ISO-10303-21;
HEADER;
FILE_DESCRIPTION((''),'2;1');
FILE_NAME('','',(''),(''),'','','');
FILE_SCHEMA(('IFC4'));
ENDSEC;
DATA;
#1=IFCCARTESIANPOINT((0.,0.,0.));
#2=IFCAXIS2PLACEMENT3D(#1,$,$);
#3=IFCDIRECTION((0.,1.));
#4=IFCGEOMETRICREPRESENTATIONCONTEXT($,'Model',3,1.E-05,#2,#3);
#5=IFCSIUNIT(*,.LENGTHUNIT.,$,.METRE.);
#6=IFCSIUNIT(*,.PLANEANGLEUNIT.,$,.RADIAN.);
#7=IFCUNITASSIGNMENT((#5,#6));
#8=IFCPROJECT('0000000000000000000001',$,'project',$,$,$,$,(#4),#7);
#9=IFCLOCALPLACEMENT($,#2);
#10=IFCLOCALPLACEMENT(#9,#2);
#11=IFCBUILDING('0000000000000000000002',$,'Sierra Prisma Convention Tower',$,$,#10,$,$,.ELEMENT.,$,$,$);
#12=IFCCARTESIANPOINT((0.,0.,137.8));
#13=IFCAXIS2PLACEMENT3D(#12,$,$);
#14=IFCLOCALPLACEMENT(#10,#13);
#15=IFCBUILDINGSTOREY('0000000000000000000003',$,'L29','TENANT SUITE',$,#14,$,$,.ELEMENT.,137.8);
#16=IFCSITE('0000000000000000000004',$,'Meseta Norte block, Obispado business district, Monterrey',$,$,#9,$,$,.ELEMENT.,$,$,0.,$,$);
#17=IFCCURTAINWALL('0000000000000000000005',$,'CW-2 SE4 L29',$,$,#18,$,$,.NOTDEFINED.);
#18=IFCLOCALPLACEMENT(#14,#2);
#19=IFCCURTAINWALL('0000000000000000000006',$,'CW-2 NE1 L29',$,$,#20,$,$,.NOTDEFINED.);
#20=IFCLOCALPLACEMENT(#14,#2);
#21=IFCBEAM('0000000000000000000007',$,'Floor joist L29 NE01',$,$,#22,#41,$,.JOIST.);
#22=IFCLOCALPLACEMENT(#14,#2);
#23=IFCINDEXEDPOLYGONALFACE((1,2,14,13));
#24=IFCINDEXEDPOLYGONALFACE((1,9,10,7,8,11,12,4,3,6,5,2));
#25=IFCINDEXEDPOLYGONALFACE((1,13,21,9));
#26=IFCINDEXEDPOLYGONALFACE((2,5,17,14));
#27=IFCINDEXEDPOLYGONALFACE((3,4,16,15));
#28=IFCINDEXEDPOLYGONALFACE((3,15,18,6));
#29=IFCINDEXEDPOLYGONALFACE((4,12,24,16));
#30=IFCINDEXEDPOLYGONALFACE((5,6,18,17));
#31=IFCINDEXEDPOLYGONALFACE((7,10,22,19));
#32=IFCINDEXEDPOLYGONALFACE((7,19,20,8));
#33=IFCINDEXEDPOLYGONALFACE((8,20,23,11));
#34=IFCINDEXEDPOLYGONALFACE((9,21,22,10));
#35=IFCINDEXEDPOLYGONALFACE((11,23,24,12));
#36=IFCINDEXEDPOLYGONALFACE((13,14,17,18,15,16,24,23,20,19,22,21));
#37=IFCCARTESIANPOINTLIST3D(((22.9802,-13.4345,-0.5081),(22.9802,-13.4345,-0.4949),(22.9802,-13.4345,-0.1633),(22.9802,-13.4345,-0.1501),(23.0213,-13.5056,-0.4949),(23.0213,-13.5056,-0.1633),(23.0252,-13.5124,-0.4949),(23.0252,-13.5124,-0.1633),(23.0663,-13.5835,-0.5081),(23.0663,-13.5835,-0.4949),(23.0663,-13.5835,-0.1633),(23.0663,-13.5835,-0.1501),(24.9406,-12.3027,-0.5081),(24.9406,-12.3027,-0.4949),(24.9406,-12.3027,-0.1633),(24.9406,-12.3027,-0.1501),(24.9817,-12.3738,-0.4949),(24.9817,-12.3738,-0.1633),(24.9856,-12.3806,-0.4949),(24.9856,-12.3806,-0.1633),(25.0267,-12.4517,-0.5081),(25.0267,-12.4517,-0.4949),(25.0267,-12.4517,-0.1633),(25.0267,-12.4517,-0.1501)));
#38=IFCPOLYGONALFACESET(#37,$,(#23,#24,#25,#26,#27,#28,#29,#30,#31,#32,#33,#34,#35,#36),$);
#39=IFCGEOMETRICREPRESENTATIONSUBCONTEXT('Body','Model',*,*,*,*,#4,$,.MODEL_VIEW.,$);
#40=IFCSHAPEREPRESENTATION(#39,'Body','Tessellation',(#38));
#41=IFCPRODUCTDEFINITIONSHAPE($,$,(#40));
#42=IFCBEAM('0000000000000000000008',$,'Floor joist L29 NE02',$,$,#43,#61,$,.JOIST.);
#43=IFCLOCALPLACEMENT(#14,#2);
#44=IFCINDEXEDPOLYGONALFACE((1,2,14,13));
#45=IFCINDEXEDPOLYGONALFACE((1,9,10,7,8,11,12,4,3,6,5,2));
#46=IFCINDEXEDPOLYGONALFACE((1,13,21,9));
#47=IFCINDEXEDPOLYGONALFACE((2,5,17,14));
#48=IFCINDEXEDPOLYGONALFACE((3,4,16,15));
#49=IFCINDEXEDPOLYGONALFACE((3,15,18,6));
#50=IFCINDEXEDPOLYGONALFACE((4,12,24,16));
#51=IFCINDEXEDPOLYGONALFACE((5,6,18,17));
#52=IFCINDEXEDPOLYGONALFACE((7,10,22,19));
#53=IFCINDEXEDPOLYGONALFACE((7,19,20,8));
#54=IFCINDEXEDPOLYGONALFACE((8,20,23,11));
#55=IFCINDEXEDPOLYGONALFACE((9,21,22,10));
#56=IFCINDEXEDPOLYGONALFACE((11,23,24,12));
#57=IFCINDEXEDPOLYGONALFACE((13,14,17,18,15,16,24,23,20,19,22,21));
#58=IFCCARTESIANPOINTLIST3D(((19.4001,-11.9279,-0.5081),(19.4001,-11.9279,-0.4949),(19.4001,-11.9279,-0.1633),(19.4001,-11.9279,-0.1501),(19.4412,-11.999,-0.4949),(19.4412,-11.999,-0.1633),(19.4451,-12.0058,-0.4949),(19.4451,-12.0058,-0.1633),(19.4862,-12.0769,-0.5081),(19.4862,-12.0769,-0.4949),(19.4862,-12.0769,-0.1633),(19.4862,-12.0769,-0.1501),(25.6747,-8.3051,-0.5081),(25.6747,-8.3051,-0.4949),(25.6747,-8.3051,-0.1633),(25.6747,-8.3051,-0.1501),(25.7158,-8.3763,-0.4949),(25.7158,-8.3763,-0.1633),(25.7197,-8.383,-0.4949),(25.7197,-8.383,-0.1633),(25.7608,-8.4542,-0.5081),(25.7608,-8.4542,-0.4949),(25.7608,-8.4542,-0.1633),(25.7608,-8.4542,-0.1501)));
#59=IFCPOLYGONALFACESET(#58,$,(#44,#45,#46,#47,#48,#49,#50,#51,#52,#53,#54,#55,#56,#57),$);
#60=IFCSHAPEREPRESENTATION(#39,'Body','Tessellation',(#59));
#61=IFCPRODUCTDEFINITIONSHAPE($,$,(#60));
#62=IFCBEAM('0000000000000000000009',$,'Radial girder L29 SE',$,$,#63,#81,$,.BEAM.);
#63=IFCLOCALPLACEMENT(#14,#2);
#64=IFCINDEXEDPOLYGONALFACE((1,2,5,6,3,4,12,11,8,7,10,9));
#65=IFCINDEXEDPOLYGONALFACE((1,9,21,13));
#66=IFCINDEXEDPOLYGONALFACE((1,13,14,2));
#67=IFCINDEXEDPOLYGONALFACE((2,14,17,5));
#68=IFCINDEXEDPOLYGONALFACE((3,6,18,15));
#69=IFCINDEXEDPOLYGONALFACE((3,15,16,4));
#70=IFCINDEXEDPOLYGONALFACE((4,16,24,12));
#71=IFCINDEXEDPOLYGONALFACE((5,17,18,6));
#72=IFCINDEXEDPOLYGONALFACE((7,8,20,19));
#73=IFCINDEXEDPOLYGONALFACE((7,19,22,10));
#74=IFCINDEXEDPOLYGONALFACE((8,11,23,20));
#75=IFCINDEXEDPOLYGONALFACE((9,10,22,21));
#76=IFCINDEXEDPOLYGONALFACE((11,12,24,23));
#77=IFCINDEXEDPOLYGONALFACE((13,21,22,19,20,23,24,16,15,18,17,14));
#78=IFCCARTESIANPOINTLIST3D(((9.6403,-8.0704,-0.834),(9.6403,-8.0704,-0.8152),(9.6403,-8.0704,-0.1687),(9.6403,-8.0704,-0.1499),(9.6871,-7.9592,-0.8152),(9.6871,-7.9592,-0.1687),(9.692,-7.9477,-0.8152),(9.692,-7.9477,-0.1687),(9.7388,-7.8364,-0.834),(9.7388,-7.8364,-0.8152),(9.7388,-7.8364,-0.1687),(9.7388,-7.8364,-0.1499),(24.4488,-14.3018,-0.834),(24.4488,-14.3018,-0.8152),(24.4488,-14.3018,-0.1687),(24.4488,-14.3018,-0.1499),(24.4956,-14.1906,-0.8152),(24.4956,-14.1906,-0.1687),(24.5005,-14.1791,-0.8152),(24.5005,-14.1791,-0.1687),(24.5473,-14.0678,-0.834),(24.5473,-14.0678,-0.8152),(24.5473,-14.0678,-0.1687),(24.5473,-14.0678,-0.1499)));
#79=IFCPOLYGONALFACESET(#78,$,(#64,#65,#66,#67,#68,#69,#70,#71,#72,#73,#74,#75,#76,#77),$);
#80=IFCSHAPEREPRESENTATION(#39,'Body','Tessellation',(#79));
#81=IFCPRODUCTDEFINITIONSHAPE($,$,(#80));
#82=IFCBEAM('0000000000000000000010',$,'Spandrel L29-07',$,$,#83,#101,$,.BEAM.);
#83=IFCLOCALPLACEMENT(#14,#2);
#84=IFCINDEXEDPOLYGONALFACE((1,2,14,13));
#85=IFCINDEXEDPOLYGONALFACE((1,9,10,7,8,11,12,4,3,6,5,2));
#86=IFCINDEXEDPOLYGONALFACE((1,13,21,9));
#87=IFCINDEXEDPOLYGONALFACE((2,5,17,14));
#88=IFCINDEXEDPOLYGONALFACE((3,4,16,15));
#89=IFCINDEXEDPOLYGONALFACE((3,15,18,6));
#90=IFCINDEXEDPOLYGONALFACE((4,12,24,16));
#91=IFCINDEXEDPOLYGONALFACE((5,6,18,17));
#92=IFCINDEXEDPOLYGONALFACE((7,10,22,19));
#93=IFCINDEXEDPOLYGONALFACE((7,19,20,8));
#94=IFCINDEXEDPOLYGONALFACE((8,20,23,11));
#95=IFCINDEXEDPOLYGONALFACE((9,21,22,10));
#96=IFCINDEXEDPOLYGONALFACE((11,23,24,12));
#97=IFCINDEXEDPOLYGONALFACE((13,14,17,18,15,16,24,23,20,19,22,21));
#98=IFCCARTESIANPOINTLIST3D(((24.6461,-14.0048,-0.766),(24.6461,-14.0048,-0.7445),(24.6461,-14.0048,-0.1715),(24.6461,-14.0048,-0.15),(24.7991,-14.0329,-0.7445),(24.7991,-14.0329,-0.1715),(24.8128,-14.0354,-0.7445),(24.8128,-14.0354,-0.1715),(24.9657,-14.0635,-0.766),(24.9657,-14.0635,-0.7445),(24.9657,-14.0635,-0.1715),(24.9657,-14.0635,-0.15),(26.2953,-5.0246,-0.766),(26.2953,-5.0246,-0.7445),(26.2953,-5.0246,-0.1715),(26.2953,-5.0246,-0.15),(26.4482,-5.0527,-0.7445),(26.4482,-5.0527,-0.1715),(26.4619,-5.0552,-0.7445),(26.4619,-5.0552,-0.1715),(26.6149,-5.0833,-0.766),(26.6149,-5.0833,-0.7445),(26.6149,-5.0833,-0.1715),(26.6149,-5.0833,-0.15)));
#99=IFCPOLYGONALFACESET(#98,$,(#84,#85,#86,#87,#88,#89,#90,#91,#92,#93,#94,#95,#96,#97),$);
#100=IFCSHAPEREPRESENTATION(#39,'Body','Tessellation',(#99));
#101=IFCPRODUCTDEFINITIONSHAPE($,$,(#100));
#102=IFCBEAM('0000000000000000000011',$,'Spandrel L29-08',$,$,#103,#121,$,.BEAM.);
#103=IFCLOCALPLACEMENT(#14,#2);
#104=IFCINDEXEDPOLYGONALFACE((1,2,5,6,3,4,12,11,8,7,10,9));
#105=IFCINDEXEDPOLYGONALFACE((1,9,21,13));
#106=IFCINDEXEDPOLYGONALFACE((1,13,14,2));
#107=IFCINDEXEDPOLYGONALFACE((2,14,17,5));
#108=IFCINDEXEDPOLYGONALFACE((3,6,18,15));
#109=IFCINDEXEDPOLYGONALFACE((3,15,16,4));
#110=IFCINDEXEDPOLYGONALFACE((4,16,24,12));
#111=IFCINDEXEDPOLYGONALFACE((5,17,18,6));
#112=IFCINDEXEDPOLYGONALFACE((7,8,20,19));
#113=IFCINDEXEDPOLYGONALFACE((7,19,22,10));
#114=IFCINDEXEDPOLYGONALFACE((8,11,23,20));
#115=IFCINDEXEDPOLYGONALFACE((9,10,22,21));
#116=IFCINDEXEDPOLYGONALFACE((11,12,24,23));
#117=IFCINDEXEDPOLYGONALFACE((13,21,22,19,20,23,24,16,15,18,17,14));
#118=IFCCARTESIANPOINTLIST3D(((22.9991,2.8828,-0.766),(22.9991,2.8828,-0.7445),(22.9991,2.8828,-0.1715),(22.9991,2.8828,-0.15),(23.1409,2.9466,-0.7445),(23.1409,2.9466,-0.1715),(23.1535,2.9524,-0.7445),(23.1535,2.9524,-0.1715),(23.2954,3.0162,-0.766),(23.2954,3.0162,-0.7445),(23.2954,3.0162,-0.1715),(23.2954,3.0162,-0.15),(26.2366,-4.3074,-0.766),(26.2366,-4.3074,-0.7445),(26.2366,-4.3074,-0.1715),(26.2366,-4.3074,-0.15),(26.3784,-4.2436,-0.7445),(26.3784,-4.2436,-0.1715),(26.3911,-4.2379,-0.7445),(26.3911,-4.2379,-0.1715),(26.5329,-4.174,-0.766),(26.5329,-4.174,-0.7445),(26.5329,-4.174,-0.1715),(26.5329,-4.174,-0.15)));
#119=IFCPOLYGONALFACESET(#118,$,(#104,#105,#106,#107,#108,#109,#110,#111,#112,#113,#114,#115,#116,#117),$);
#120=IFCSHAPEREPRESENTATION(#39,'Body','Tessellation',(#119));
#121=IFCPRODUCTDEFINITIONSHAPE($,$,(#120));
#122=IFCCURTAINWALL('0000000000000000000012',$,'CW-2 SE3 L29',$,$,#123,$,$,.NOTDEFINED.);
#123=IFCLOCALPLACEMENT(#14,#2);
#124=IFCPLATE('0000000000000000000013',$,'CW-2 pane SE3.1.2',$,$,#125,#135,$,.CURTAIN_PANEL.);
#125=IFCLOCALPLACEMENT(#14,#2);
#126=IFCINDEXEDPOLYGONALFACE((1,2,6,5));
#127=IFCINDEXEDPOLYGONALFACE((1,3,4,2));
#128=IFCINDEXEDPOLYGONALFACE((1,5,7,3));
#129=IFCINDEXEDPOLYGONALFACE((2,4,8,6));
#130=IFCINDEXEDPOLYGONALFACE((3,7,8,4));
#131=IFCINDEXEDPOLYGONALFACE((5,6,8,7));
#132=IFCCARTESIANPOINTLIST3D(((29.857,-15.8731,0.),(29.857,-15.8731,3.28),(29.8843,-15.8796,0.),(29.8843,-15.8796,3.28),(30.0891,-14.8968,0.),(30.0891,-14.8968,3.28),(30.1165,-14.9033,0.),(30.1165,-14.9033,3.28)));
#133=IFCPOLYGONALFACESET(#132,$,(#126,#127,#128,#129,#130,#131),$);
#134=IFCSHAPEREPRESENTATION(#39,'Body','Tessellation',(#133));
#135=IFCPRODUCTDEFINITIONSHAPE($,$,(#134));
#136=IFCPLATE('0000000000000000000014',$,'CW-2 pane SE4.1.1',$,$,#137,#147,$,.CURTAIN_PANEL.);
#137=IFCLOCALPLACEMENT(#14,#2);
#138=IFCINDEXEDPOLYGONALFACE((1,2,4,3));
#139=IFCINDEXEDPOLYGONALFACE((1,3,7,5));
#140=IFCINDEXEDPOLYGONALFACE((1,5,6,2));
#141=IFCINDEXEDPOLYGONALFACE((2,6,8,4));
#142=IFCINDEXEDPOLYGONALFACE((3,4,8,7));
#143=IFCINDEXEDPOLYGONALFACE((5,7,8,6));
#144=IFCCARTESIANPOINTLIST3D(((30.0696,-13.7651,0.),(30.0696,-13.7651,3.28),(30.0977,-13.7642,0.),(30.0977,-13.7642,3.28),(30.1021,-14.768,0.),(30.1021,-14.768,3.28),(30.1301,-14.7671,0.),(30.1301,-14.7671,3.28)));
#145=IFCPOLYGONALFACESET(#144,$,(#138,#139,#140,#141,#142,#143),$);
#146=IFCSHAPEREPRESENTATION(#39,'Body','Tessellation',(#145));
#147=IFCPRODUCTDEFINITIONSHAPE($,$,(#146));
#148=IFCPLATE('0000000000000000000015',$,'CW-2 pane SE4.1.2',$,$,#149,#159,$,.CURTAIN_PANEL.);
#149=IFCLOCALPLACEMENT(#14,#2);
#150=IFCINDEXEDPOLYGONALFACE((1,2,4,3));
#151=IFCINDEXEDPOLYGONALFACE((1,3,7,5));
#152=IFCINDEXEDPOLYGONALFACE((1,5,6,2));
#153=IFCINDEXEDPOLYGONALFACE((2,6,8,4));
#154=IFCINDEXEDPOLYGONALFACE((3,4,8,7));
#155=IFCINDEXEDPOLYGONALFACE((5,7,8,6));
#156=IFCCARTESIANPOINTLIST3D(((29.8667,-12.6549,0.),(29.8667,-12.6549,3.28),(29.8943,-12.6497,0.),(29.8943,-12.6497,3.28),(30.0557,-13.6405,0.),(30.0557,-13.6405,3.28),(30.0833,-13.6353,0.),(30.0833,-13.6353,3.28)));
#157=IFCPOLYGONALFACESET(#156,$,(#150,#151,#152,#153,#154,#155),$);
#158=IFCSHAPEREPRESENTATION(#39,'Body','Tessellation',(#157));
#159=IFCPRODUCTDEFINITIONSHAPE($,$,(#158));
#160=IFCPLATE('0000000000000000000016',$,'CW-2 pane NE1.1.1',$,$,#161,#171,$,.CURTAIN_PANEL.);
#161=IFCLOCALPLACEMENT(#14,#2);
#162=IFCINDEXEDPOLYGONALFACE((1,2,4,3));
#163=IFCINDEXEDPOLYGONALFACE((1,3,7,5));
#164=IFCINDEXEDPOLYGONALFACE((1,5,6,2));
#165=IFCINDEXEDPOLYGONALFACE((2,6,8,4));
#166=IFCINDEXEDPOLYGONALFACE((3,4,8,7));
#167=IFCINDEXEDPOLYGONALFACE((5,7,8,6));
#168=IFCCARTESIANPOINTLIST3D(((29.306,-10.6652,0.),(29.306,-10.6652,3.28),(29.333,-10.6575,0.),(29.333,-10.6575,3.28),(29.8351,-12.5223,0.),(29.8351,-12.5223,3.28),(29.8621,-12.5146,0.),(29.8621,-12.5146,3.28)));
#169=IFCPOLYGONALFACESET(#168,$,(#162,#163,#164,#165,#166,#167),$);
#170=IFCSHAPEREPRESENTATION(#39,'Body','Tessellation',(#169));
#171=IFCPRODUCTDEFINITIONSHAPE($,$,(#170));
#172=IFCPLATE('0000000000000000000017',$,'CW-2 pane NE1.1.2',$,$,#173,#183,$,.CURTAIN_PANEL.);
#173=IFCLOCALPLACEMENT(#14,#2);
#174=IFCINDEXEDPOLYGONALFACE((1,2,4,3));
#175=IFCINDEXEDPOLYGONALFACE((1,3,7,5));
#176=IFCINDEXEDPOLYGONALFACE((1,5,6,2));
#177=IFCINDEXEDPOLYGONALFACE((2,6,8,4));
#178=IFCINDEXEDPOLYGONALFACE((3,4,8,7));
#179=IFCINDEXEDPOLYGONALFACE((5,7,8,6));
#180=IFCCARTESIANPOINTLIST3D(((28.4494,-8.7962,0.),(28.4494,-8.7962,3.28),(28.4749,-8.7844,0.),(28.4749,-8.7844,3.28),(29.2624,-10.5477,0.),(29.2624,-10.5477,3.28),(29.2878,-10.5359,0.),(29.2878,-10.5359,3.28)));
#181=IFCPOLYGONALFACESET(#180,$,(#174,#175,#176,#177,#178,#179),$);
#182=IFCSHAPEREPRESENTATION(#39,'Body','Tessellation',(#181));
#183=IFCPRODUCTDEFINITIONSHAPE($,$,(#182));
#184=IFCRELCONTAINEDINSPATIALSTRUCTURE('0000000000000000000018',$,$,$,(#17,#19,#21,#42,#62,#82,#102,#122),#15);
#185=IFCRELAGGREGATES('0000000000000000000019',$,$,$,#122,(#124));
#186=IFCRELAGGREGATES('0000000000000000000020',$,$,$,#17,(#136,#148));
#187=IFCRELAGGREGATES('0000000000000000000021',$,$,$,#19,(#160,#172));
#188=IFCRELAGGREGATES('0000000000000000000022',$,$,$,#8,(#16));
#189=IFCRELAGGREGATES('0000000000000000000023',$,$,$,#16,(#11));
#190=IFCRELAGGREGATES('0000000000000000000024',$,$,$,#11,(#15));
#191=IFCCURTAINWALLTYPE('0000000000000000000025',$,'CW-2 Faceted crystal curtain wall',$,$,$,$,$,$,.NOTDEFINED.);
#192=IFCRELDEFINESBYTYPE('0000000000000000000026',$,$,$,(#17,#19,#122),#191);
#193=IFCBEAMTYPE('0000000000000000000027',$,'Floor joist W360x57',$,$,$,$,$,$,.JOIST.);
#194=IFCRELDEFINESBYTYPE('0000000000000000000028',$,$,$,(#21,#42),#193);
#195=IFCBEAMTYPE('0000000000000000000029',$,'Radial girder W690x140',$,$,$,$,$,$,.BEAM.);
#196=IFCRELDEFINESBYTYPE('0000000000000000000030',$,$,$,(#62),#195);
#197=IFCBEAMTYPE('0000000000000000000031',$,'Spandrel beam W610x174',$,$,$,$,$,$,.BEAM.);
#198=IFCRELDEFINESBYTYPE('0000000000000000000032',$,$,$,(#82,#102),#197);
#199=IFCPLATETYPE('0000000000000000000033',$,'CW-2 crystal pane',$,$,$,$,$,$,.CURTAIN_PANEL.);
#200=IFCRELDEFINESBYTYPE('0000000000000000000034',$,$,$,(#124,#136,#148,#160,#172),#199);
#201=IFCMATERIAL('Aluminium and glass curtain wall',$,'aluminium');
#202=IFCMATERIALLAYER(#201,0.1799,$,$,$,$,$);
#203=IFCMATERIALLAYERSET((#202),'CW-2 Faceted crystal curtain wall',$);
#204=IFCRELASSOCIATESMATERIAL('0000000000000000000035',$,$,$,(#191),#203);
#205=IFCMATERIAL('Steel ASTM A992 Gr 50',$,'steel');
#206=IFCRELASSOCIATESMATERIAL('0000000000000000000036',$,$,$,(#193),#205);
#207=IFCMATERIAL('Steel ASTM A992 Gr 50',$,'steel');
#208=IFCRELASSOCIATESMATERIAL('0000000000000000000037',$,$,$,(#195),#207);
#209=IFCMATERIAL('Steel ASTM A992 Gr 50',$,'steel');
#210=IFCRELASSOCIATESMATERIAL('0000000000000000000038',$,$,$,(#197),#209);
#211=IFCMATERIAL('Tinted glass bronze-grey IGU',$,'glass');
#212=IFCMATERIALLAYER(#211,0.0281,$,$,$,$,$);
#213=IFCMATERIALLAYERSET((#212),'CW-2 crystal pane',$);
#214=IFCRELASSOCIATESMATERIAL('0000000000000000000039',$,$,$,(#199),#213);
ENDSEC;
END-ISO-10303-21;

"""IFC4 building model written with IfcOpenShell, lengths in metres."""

from ifc_helpers import new_model, si_unit, direction, frame, origin, origin_2d, place, context, subcontext, project, spatial, polyline, i_section, outline, extrude, material, layer, layer_set, material_profile, profile_set, type_object, element, aggregate, save


model = new_model("IFC4")

# Units and contexts
model_context = context("Model", 3, precision=1e-05, world=origin(), true_north=direction((0.0, 1.0)))
body_context = subcontext(model_context, "Body", "Model", "MODEL_VIEW")
ifc_project = project(units=[si_unit("LENGTHUNIT", "METRE"), si_unit("PLANEANGLEUNIT", "RADIAN")], contexts=[model_context])

# Site, building, storey
site_placement = place(None, origin())
site = spatial("IfcSite", under=ifc_project, at=site_placement, Name="Meseta Norte block, Obispado business district, Monterrey", CompositionType="ELEMENT", RefElevation=0.0)
building_placement = place(site_placement, origin())
building = spatial("IfcBuilding", under=site, at=building_placement, Name="Sierra Prisma Convention Tower", CompositionType="ELEMENT")
storey_placement = place(building_placement, frame((0.0, 0.0, 137.8)))
storey = spatial("IfcBuildingStorey", under=building, at=storey_placement, Name="L29", Description="TENANT SUITE", CompositionType="ELEMENT", Elevation=137.8)

# Curtain wall
ifc_material_1 = material(Name="Aluminium and glass curtain wall", Category="aluminium")
ifc_layer_1 = layer(ifc_material_1, 0.1799)
ifc_layer_set_1 = layer_set([ifc_layer_1], Name="CW-2 Faceted crystal curtain wall")
curtain_wall_type = type_object("IfcCurtainWallType", Name="CW-2 Faceted crystal curtain wall", PredefinedType="NOTDEFINED", material=ifc_layer_set_1)
curtain_wall_1_placement = place(storey_placement, origin())
curtain_wall_1 = element("IfcCurtainWall", 1, at=curtain_wall_1_placement, inside=storey, type_object=curtain_wall_type, Name="CW-2 SE4 L29", PredefinedType="NOTDEFINED")

# Curtain wall
curtain_wall_2_placement = place(storey_placement, origin())
curtain_wall_2 = element("IfcCurtainWall", 2, at=curtain_wall_2_placement, inside=storey, type_object=curtain_wall_type, Name="CW-2 NE1 L29", PredefinedType="NOTDEFINED")

# Beams
ifc_material_2 = material(Name="Steel ASTM A992 Gr 50", Category="steel")
ifc_material_profile_1 = material_profile(ifc_material_2, i_section(OverallWidth=0.1721, OverallDepth=0.3579, WebThickness=0.0078, FlangeThickness=0.0132, at=origin_2d()), Name="W360x57")
ifc_profile_set_1 = profile_set([ifc_material_profile_1], Name="Steel ASTM A992 Gr 50")
beam_type_1 = type_object("IfcBeamType", Name="Floor joist W360x57", PredefinedType="JOIST", material=ifc_profile_set_1)
beam_1_placement = place(storey_placement, frame((24.9836, -12.3772, -0.3291), z_axis=(-0.866031, -0.49999, 0.0), x_axis=(0.49999, -0.866031, 0.0)))
element("IfcBeam", 3, at=beam_1_placement, inside=storey, type_object=beam_type_1, Name="Floor joist L29 NE01", PredefinedType="JOIST", context=body_context, shape_type="SweptSolid", body=[
    extrude(i_section(OverallWidth=0.1721, OverallDepth=0.3579, WebThickness=0.0078, FlangeThickness=0.0132, at=origin_2d()), origin(), (0.0, 0.0, 1.0), 2.2637),
])
beam_2_placement = place(storey_placement, frame((25.7178, -8.3796, -0.3291), z_axis=(-0.866018, -0.500013, 0.0), x_axis=(0.500013, -0.866018, 0.0)))
element("IfcBeam", 4, at=beam_2_placement, inside=storey, type_object=beam_type_1, Name="Floor joist L29 NE02", PredefinedType="JOIST", context=body_context, shape_type="SweptSolid", body=[
    extrude(i_section(OverallWidth=0.1721, OverallDepth=0.3579, WebThickness=0.0078, FlangeThickness=0.0132, at=origin_2d()), origin(), (0.0, 0.0, 1.0), 7.2454),
])
ifc_material_3 = material(Name="Steel ASTM A992 Gr 50", Category="steel")
ifc_material_profile_2 = material_profile(ifc_material_3, i_section(OverallWidth=0.2539, OverallDepth=0.6841, WebThickness=0.0125, FlangeThickness=0.0188, at=origin_2d()), Name="W690x140")
ifc_profile_set_2 = profile_set([ifc_material_profile_2], Name="Steel ASTM A992 Gr 50")
beam_type_2 = type_object("IfcBeamType", Name="Radial girder W690x140", PredefinedType="BEAM", material=ifc_profile_set_2)
beam_3_placement = place(storey_placement, frame((24.498, -14.1848, -0.4919), z_axis=(-0.921719, 0.387859, 0.0), x_axis=(-0.387859, -0.921719, 0.0)))
element("IfcBeam", 5, at=beam_3_placement, inside=storey, type_object=beam_type_2, Name="Radial girder L29 SE", PredefinedType="BEAM", context=body_context, shape_type="SweptSolid", body=[
    extrude(i_section(OverallWidth=0.2539, OverallDepth=0.6841, WebThickness=0.0125, FlangeThickness=0.0188, at=origin_2d()), origin(), (0.0, 0.0, 1.0), 16.0662),
])
ifc_material_4 = material(Name="Steel ASTM A992 Gr 50", Category="steel")
ifc_material_profile_3 = material_profile(ifc_material_4, i_section(OverallWidth=0.325, OverallDepth=0.616, WebThickness=0.0139, FlangeThickness=0.0215, at=origin_2d()), Name="W610x174")
ifc_profile_set_3 = profile_set([ifc_material_profile_3], Name="Steel ASTM A992 Gr 50")
beam_type_3 = type_object("IfcBeamType", Name="Spandrel beam W610x174", PredefinedType="BEAM", material=ifc_profile_set_3)
beam_4_placement = place(storey_placement, frame((24.8059, -14.0342, -0.458), z_axis=(0.180624, 0.983552, 0.0), x_axis=(-0.983552, 0.180624, 0.0)))
element("IfcBeam", 6, at=beam_4_placement, inside=storey, type_object=beam_type_3, Name="Spandrel L29-07", PredefinedType="BEAM", context=body_context, shape_type="SweptSolid", body=[
    extrude(i_section(OverallWidth=0.325, OverallDepth=0.616, WebThickness=0.0139, FlangeThickness=0.0215, at=origin_2d()), origin(), (0.0, 0.0, 1.0), 9.1304),
])
beam_5_placement = place(storey_placement, frame((26.3848, -4.2407, -0.458), z_axis=(-0.410572, 0.911828, 0.0), x_axis=(-0.911828, -0.410572, 0.0)))
element("IfcBeam", 7, at=beam_5_placement, inside=storey, type_object=beam_type_3, Name="Spandrel L29-08", PredefinedType="BEAM", context=body_context, shape_type="SweptSolid", body=[
    extrude(i_section(OverallWidth=0.325, OverallDepth=0.616, WebThickness=0.0139, FlangeThickness=0.0215, at=origin_2d()), origin(), (0.0, 0.0, 1.0), 7.8855),
])

# Curtain wall, plate
curtain_wall_3_placement = place(storey_placement, origin())
curtain_wall_3 = element("IfcCurtainWall", 8, at=curtain_wall_3_placement, inside=storey, type_object=curtain_wall_type, Name="CW-2 SE3 L29", PredefinedType="NOTDEFINED")
ifc_material_5 = material(Name="Tinted glass bronze-grey IGU", Category="glass")
ifc_layer_2 = layer(ifc_material_5, 0.0281)
ifc_layer_set_2 = layer_set([ifc_layer_2], Name="CW-2 crystal pane")
plate_type = type_object("IfcPlateType", Name="CW-2 crystal pane", PredefinedType="CURTAIN_PANEL", material=ifc_layer_set_2)
plate_1_placement = place(storey_placement, frame((30.1165, -14.9033, 0.0), z_axis=(0.972869, -0.231357, 0.0), x_axis=(-0.231357, -0.972869, 0.0)))
plate_1 = element("IfcPlate", 9, at=plate_1_placement, type_object=plate_type, Name="CW-2 pane SE3.1.2", PredefinedType="CURTAIN_PANEL", context=body_context, shape_type="SweptSolid", body=[
    extrude(outline(polyline([(0.0, 0.0), (1.0035, 0.0), (1.0035, -3.28), (0.0, -3.28), (0.0, 0.0)])), origin(), (0.0, 0.0, -1.0), 0.0281),
])
aggregate(curtain_wall_3, [plate_1])

# Plates
plate_2_placement = place(storey_placement, frame((30.1301, -14.7671, 0.0), z_axis=(0.999476, 0.032359, 0.0), x_axis=(-0.032359, 0.999476, 0.0)))
plate_2 = element("IfcPlate", 10, at=plate_2_placement, type_object=plate_type, Name="CW-2 pane SE4.1.1", PredefinedType="CURTAIN_PANEL", context=body_context, shape_type="SweptSolid", body=[
    extrude(outline(polyline([(0.0, 0.0), (1.0035, 0.0), (1.0035, 3.28), (0.0, 3.28), (0.0, 0.0)])), origin(), (0.0, 0.0, -1.0), 0.0281),
])
plate_3_placement = place(storey_placement, frame((29.8943, -12.6497, 0.0), z_axis=(0.982112, 0.188297, 0.0), x_axis=(0.188297, -0.982112, 0.0)))
plate_3 = element("IfcPlate", 11, at=plate_3_placement, type_object=plate_type, Name="CW-2 pane SE4.1.2", PredefinedType="CURTAIN_PANEL", context=body_context, shape_type="SweptSolid", body=[
    extrude(outline(polyline([(0.0, 0.0), (1.0035, 0.0), (1.0035, -3.28), (0.0, -3.28), (0.0, 0.0)])), origin(), (0.0, 0.0, -1.0), 0.0281),
])
aggregate(curtain_wall_1, [plate_2, plate_3])
plate_4_placement = place(storey_placement, frame((29.8621, -12.5146, 0.0), z_axis=(0.961738, 0.27397, 0.0), x_axis=(-0.27397, 0.961738, 0.0)))
plate_4 = element("IfcPlate", 12, at=plate_4_placement, type_object=plate_type, Name="CW-2 pane NE1.1.1", PredefinedType="CURTAIN_PANEL", context=body_context, shape_type="SweptSolid", body=[
    extrude(outline(polyline([(0.0, 0.0), (1.9311, 0.0), (1.9311, 3.28), (0.0, 3.28), (0.0, 0.0)])), origin(), (0.0, 0.0, -1.0), 0.0281),
])
plate_5_placement = place(storey_placement, frame((28.4749, -8.7844, 0.0), z_axis=(0.907047, 0.42103, 0.0), x_axis=(0.42103, -0.907047, 0.0)))
plate_5 = element("IfcPlate", 13, at=plate_5_placement, type_object=plate_type, Name="CW-2 pane NE1.1.2", PredefinedType="CURTAIN_PANEL", context=body_context, shape_type="SweptSolid", body=[
    extrude(outline(polyline([(0.0, 0.0), (1.931, 0.0), (1.931, -3.28), (0.0, -3.28), (0.0, 0.0)])), origin(), (0.0, 0.0, -1.0), 0.0281),
])
aggregate(curtain_wall_2, [plate_4, plate_5])

save(model, "model.ifc")
